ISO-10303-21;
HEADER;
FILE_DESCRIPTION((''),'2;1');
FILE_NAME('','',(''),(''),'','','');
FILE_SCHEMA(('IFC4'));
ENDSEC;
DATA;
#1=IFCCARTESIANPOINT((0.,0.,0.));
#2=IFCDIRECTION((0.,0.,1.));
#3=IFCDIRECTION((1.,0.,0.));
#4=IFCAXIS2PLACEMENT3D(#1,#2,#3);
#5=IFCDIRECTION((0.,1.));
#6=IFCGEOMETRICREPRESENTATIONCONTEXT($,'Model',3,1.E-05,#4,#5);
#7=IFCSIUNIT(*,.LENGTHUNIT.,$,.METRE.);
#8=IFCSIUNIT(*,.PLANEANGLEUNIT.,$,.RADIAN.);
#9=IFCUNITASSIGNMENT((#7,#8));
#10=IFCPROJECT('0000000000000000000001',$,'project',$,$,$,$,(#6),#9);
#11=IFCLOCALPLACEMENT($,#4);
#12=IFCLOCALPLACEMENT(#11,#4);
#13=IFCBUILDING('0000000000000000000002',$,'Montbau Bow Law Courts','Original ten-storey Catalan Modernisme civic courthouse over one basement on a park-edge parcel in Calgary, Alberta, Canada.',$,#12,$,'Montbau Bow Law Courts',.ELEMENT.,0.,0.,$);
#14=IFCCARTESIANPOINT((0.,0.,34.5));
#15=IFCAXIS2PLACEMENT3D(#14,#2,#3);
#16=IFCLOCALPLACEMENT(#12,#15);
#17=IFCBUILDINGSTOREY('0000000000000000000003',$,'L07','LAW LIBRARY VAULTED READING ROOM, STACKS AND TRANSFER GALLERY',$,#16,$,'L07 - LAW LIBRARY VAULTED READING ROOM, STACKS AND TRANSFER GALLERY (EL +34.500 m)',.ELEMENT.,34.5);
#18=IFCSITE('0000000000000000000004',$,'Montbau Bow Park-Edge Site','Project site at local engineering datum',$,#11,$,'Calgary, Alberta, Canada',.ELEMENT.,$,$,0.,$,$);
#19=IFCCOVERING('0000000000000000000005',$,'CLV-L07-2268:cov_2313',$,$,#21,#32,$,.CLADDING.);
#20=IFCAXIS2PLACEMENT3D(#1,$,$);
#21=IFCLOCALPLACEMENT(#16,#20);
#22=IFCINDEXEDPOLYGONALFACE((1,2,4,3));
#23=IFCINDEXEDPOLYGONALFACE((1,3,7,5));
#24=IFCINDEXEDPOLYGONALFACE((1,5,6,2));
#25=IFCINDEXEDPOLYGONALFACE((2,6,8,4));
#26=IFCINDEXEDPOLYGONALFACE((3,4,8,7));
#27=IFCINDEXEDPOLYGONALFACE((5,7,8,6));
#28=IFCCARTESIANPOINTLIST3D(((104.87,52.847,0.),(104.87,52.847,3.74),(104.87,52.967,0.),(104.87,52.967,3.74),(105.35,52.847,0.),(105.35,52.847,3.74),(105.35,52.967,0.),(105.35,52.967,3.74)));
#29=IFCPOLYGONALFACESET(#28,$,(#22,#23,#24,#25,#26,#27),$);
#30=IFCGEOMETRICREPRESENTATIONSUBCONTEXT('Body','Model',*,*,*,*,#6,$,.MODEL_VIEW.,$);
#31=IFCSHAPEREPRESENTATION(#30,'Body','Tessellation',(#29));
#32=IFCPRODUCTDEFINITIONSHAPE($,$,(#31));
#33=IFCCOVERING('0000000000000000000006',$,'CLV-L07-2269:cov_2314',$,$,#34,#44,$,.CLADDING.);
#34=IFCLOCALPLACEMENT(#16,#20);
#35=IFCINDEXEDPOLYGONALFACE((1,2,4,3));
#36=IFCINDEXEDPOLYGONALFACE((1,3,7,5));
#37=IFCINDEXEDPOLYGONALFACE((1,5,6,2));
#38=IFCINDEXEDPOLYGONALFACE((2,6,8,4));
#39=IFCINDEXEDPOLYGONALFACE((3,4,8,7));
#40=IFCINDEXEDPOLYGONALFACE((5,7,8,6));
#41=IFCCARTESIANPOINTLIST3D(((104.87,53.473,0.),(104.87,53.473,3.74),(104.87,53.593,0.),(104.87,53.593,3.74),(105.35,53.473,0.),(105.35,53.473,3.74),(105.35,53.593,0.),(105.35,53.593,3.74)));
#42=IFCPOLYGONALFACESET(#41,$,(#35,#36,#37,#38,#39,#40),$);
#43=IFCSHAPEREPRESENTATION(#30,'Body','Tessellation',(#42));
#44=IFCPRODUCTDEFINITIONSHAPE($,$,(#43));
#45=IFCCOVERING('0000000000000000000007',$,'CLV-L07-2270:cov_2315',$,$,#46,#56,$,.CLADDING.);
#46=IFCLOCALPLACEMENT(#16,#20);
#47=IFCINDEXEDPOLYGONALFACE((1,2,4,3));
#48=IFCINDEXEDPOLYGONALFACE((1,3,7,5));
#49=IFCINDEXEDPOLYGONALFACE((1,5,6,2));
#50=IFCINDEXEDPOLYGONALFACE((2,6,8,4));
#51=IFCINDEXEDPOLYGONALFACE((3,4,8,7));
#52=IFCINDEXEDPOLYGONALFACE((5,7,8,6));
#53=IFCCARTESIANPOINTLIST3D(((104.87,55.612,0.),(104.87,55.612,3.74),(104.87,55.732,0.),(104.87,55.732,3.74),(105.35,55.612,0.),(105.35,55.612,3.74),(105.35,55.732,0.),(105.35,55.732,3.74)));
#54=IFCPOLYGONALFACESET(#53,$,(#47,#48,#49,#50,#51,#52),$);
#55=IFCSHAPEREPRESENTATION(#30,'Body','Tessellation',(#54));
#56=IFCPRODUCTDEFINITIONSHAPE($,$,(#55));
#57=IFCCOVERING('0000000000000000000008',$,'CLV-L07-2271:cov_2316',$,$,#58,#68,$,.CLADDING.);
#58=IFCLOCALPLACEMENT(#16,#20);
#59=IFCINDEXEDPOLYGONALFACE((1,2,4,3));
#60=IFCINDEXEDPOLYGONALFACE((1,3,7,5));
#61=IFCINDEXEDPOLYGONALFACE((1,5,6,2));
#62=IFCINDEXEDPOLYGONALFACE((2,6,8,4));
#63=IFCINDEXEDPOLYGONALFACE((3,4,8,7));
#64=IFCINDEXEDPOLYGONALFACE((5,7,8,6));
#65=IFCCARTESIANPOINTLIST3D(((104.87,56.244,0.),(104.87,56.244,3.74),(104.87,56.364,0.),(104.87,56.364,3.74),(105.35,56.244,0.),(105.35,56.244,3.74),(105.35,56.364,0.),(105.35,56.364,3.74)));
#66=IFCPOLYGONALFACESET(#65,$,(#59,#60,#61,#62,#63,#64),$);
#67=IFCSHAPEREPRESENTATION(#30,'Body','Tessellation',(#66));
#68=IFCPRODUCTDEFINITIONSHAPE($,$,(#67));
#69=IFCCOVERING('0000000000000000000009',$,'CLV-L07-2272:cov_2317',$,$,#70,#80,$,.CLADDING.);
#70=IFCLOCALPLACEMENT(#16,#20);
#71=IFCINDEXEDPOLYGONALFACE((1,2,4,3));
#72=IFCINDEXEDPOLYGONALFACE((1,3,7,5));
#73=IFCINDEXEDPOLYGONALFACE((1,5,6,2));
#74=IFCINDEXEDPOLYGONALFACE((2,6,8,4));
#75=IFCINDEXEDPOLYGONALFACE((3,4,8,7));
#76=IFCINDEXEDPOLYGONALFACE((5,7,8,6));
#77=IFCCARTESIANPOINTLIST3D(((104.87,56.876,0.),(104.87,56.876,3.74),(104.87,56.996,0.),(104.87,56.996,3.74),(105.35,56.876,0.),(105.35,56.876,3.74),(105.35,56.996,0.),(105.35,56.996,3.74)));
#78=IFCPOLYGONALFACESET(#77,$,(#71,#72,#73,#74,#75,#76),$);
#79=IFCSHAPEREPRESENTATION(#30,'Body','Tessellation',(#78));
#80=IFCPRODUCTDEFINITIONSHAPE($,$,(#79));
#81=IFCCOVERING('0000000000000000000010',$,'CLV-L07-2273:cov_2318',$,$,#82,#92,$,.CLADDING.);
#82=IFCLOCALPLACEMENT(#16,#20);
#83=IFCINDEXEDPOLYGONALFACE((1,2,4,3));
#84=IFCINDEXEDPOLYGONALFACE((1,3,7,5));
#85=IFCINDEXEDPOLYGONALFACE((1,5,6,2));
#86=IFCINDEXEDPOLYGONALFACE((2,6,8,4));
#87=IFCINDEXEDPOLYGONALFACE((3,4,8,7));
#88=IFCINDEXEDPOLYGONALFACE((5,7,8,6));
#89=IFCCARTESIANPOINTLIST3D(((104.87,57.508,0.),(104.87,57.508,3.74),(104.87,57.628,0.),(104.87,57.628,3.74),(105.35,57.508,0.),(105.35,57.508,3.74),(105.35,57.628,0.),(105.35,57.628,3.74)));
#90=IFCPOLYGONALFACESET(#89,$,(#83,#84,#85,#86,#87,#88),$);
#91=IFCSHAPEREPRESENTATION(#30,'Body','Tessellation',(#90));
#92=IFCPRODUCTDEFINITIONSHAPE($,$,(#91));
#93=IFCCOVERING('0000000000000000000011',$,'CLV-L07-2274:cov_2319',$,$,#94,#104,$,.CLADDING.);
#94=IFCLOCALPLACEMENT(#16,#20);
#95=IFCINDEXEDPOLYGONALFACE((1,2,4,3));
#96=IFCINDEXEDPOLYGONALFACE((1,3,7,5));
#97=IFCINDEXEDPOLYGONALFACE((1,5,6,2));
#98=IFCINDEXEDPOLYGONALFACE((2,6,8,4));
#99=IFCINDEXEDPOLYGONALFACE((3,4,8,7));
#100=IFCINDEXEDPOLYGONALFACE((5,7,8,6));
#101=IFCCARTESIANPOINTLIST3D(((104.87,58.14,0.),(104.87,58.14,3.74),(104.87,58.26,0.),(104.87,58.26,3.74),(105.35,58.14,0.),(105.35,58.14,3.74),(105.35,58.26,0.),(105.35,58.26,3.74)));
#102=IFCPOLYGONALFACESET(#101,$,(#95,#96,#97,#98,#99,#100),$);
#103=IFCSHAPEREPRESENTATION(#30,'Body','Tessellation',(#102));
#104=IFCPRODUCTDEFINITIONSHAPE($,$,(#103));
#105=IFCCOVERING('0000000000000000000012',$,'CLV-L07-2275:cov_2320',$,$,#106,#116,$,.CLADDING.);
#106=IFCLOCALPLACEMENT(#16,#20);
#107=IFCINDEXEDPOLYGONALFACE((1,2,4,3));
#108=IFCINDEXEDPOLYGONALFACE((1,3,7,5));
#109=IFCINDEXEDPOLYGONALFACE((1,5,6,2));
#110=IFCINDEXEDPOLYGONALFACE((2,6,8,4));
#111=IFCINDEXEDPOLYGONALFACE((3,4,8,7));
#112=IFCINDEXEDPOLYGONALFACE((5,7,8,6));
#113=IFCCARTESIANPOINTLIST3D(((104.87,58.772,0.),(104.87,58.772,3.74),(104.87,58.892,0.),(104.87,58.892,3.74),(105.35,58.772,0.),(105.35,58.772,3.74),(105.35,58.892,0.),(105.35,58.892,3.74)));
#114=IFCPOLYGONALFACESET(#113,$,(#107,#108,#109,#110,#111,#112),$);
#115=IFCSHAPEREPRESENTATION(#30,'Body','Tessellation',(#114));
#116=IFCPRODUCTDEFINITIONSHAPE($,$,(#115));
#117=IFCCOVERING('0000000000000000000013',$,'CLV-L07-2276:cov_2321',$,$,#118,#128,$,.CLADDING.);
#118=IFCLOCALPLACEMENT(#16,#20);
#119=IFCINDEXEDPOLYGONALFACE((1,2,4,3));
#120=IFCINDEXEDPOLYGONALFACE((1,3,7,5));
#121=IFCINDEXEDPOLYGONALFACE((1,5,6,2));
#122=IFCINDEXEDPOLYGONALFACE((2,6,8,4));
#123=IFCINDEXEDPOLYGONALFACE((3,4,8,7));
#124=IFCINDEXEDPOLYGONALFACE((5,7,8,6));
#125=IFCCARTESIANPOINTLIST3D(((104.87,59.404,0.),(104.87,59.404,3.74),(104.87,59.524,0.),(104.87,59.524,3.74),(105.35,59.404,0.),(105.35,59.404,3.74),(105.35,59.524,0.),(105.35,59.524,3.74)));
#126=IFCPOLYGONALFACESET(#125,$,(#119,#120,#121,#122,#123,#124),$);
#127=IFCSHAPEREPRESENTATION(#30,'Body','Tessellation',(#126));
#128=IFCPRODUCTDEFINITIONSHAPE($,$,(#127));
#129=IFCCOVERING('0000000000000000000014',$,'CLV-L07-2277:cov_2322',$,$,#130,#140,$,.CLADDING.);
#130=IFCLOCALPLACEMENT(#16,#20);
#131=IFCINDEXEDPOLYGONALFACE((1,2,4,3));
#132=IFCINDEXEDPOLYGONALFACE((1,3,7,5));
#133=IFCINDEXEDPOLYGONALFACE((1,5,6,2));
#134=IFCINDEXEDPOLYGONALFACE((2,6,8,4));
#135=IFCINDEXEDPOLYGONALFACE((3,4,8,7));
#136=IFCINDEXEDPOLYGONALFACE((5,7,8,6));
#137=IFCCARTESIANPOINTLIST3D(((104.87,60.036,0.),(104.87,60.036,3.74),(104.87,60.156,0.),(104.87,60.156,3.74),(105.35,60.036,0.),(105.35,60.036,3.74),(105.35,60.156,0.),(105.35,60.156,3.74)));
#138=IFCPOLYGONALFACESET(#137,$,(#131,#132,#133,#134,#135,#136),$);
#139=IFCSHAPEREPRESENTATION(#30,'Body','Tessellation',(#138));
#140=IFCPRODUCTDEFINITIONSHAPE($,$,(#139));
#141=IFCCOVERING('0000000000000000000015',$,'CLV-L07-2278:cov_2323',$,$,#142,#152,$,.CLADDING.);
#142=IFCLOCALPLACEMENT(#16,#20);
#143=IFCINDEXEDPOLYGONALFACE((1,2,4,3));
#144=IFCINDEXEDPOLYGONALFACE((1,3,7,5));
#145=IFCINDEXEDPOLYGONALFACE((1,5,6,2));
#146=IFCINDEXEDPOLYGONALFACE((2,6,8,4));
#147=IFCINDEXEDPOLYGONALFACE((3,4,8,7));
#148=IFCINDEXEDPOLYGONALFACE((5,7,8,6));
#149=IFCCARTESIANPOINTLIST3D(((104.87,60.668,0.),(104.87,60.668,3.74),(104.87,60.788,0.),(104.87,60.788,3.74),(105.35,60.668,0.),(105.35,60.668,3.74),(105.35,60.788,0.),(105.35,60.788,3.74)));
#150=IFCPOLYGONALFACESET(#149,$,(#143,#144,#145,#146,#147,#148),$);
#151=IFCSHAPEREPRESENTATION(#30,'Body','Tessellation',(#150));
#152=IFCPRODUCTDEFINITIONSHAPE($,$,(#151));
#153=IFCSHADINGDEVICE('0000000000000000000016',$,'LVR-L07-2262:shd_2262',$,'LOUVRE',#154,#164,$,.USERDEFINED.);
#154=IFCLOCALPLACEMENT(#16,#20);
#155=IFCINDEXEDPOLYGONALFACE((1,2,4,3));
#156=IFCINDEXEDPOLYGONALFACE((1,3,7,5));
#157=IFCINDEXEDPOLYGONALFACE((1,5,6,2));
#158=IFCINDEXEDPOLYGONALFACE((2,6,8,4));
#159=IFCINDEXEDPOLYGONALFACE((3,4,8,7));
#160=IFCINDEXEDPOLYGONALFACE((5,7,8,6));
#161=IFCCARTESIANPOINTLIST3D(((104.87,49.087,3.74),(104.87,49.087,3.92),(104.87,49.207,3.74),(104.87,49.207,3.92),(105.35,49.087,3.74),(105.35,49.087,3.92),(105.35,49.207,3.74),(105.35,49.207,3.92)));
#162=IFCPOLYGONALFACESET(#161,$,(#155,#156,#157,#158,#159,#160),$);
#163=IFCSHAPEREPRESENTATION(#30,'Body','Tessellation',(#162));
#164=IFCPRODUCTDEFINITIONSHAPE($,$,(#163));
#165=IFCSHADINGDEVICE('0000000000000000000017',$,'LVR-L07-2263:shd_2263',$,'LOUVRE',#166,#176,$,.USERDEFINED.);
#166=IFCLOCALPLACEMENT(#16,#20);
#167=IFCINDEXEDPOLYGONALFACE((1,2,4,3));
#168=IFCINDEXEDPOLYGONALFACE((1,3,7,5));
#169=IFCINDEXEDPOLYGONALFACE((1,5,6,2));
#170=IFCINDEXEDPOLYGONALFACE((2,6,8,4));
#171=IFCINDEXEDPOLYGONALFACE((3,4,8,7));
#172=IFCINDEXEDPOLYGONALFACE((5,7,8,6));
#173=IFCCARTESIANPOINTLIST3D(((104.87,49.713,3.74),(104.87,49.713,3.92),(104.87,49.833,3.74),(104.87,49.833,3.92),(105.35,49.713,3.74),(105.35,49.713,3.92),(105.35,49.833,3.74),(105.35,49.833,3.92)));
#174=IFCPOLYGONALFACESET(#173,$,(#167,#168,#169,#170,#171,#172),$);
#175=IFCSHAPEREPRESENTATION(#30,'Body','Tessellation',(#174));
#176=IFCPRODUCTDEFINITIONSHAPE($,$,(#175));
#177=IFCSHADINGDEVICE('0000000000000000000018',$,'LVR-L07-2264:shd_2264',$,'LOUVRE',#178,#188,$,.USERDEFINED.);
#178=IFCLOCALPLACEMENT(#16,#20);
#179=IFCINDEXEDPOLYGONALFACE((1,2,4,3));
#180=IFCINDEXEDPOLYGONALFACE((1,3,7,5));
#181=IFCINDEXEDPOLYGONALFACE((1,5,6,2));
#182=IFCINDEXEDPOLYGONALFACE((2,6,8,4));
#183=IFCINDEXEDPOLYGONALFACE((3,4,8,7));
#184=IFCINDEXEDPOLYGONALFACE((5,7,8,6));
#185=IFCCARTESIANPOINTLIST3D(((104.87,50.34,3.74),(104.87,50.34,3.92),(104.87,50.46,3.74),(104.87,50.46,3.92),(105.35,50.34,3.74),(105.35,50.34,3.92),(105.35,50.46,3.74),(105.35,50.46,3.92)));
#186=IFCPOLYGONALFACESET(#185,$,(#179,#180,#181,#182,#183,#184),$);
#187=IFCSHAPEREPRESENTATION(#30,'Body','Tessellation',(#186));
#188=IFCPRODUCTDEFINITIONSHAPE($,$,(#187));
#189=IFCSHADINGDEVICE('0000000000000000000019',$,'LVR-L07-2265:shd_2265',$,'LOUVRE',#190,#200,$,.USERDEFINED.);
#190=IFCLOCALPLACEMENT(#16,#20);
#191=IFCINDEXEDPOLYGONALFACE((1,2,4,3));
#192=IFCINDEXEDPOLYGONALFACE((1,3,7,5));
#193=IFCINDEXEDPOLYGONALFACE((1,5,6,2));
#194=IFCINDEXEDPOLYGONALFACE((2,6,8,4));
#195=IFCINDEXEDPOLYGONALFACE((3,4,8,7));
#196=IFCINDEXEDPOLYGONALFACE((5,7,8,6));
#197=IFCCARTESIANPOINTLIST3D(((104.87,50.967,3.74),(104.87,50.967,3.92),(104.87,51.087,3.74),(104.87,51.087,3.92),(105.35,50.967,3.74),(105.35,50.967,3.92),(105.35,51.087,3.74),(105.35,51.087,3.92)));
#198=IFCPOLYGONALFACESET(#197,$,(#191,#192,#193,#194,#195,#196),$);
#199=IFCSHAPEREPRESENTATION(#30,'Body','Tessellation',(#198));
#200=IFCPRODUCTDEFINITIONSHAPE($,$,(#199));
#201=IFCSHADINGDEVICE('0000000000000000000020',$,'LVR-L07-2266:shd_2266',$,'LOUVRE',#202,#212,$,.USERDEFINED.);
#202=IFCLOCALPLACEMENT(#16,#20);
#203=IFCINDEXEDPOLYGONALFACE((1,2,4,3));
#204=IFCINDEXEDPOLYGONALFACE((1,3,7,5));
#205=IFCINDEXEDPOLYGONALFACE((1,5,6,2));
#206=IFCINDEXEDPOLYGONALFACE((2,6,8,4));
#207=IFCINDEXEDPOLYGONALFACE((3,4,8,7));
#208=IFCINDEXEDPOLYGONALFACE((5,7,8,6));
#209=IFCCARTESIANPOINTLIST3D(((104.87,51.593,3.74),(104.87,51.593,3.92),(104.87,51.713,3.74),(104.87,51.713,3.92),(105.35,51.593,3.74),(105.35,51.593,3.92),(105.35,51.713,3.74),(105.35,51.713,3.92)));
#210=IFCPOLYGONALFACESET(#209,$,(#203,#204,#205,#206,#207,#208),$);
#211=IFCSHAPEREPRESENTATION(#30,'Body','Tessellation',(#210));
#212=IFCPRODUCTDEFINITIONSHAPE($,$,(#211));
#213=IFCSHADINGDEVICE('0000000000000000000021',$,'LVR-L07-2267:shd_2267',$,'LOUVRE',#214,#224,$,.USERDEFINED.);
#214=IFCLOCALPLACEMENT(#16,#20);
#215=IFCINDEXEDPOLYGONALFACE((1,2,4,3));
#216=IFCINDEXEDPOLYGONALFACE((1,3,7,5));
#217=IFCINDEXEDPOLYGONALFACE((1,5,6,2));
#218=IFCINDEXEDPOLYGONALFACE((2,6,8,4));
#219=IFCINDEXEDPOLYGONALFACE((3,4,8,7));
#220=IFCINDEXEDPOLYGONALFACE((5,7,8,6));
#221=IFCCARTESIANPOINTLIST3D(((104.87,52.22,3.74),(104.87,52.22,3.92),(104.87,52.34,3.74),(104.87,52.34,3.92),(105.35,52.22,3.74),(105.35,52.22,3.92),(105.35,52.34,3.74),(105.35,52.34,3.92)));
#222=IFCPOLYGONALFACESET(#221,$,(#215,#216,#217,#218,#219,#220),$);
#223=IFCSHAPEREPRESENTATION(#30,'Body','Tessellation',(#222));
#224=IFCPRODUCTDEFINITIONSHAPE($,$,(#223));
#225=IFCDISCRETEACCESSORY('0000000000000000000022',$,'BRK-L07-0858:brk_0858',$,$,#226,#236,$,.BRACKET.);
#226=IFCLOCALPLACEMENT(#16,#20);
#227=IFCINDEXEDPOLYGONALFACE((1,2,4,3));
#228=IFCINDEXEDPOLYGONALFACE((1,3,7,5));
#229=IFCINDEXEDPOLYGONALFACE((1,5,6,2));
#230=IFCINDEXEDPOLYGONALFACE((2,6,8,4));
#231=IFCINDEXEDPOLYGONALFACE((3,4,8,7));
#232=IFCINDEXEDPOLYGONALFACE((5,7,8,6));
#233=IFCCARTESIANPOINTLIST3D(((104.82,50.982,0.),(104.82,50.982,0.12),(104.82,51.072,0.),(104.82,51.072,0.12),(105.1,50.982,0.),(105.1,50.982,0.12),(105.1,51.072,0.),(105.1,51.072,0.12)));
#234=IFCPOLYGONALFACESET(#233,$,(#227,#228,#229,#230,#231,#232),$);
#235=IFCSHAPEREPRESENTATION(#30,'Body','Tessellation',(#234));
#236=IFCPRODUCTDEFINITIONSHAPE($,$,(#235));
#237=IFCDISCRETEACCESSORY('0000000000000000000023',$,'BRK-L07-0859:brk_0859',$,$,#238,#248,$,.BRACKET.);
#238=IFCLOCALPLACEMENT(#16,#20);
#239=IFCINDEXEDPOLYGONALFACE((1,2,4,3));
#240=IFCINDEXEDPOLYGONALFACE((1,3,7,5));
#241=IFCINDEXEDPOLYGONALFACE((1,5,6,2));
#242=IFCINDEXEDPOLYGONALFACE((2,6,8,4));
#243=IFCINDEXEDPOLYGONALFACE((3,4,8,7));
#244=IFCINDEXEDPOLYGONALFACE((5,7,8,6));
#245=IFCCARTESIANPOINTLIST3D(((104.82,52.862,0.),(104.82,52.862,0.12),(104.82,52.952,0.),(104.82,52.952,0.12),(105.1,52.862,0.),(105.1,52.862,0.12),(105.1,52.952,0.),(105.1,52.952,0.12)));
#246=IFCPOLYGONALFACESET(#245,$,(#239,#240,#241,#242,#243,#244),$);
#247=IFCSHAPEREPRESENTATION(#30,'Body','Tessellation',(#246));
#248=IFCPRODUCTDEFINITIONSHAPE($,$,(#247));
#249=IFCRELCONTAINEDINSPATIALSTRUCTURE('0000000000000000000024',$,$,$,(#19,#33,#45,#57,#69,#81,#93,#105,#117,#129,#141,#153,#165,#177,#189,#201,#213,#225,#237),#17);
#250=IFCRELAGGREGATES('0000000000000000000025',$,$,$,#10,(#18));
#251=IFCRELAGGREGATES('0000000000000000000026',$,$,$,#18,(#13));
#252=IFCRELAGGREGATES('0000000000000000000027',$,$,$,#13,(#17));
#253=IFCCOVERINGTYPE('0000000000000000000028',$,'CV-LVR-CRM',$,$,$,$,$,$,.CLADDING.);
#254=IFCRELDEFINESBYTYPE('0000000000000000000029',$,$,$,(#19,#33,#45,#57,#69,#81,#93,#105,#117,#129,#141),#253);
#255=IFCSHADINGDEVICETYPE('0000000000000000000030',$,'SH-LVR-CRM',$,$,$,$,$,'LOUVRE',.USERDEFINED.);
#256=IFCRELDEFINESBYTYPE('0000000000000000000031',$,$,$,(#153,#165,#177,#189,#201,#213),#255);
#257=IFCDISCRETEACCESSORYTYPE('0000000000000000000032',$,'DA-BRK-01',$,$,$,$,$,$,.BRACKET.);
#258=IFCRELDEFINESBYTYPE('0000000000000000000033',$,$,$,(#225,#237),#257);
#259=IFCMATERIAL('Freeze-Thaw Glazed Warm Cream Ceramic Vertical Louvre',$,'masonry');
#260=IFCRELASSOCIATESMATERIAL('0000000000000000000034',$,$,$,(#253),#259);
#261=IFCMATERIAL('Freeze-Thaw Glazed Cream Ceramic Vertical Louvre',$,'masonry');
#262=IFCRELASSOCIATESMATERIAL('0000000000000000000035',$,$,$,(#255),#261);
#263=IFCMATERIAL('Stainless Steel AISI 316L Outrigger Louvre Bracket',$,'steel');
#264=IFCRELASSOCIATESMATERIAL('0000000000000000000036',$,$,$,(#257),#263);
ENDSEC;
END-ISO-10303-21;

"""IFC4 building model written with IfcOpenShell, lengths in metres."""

from ifc_helpers import new_model, si_unit, direction, frame, frame_2d, origin_with_axes, origin_2d_with_axis, place, context, subcontext, project, spatial, rectangle, extrude, material, type_object, element, save


model = new_model("IFC4")

# Units and contexts
model_context = context("Model", 3, precision=1e-05, world=origin_with_axes(), true_north=direction((0.0, 1.0)))
body_context = subcontext(model_context, "Body", "Model", "MODEL_VIEW")
ifc_project = project(units=[si_unit("LENGTHUNIT", "METRE"), si_unit("PLANEANGLEUNIT", "RADIAN")], contexts=[model_context])

# Site, building, storey
site_placement = place(None, origin_with_axes())
site = spatial("IfcSite", under=ifc_project, at=site_placement, Name="Montbau Bow Park-Edge Site", Description="Project site at local engineering datum", LongName="Calgary, Alberta, Canada", CompositionType="ELEMENT", RefElevation=0.0)
building_placement = place(site_placement, origin_with_axes())
building = spatial("IfcBuilding", under=site, at=building_placement, Name="Montbau Bow Law Courts", Description="Original ten-storey Catalan Modernisme civic courthouse over one basement on a park-edge parcel in Calgary, Alberta, Canada.", LongName="Montbau Bow Law Courts", CompositionType="ELEMENT", ElevationOfRefHeight=0.0, ElevationOfTerrain=0.0)
storey_placement = place(building_placement, frame((0.0, 0.0, 34.5), z_axis=(0.0, 0.0, 1.0), x_axis=(1.0, 0.0, 0.0)))
storey = spatial("IfcBuildingStorey", under=building, at=storey_placement, Name="L07", Description="LAW LIBRARY VAULTED READING ROOM, STACKS AND TRANSFER GALLERY", LongName="L07 - LAW LIBRARY VAULTED READING ROOM, STACKS AND TRANSFER GALLERY (EL +34.500 m)", CompositionType="ELEMENT", Elevation=34.5)

# Coverings
ifc_material_1 = material(Name="Freeze-Thaw Glazed Warm Cream Ceramic Vertical Louvre", Category="masonry")
covering_type = type_object("IfcCoveringType", Name="CV-LVR-CRM", PredefinedType="CLADDING", material=ifc_material_1)
for number, where, z_axis, x_axis, name in (
    (1, (104.87, 52.907, 34.5), (0.0, -1.0, 0.0), (1.0, 0.0, 0.0), "CLV-L07-2268:cov_2313"),
    (2, (104.87, 53.533, 34.5), (0.0, -1.0, 0.0), (1.0, 0.0, 0.0), "CLV-L07-2269:cov_2314"),
    (3, (104.87, 55.672, 34.5), (0.0, -1.0, 0.0), (1.0, 0.0, 0.0), "CLV-L07-2270:cov_2315"),
    (4, (104.87, 56.304, 34.5), (0.0, -1.0, 0.0), (1.0, 0.0, 0.0), "CLV-L07-2271:cov_2316"),
    (5, (104.87, 56.936, 34.5), (0.0, -1.0, 0.0), (1.0, 0.0, 0.0), "CLV-L07-2272:cov_2317"),
    (6, (104.87, 57.568, 34.5), (0.0, -1.0, 0.0), (1.0, 0.0, 0.0), "CLV-L07-2273:cov_2318"),
    (7, (104.87, 58.2, 34.5), (0.0, -1.0, 0.0), (1.0, 0.0, 0.0), "CLV-L07-2274:cov_2319"),
    (8, (104.87, 58.832, 34.5), (0.0, -1.0, 0.0), (1.0, 0.0, 0.0), "CLV-L07-2275:cov_2320"),
    (9, (104.87, 59.464, 34.5), (0.0, -1.0, 0.0), (1.0, 0.0, 0.0), "CLV-L07-2276:cov_2321"),
    (10, (104.87, 60.096, 34.5), (0.0, -1.0, 0.0), (1.0, 0.0, 0.0), "CLV-L07-2277:cov_2322"),
    (11, (104.87, 60.728, 34.5), (0.0, -1.0, 0.0), (1.0, 0.0, 0.0), "CLV-L07-2278:cov_2323"),
):
    element("IfcCovering", number, at=place(None, frame(where, z_axis=z_axis, x_axis=x_axis)), inside=storey, type_object=covering_type, Name=name, PredefinedType="CLADDING", context=body_context, shape_type="SweptSolid", body=[
        extrude(rectangle(XDim=0.48, YDim=3.74, at=frame_2d((0.24, 1.87), x_axis=(1.0, 0.0))), frame((0.0, 0.0, -0.06), z_axis=(0.0, 0.0, 1.0), x_axis=(1.0, 0.0, 0.0)), (0.0, 0.0, 1.0), 0.12),
    ])

# Shading devices
ifc_material_2 = material(Name="Freeze-Thaw Glazed Cream Ceramic Vertical Louvre", Category="masonry")
shading_device_type = type_object("IfcShadingDeviceType", Name="SH-LVR-CRM", ElementType="LOUVRE", PredefinedType="USERDEFINED", material=ifc_material_2)
for number, where, z_axis, x_axis, name in (
    (12, (105.11, 49.147, 38.24), (0.0, 0.0, 1.0), (1.0, 0.0, 0.0), "LVR-L07-2262:shd_2262"),
    (13, (105.11, 49.773, 38.24), (0.0, 0.0, 1.0), (1.0, 0.0, 0.0), "LVR-L07-2263:shd_2263"),
    (14, (105.11, 50.4, 38.24), (0.0, 0.0, 1.0), (1.0, 0.0, 0.0), "LVR-L07-2264:shd_2264"),
    (15, (105.11, 51.027, 38.24), (0.0, 0.0, 1.0), (1.0, 0.0, 0.0), "LVR-L07-2265:shd_2265"),
    (16, (105.11, 51.653, 38.24), (0.0, 0.0, 1.0), (1.0, 0.0, 0.0), "LVR-L07-2266:shd_2266"),
    (17, (105.11, 52.28, 38.24), (0.0, 0.0, 1.0), (1.0, 0.0, 0.0), "LVR-L07-2267:shd_2267"),
):
    element("IfcShadingDevice", number, at=place(None, frame(where, z_axis=z_axis, x_axis=x_axis)), inside=storey, type_object=shading_device_type, Name=name, ObjectType="LOUVRE", PredefinedType="USERDEFINED", context=body_context, shape_type="SweptSolid", body=[
        extrude(rectangle(XDim=0.48, YDim=0.12, at=origin_2d_with_axis()), origin_with_axes(), (0.0, 0.0, 1.0), 0.18),
    ])

# Discrete accessories
ifc_material_3 = material(Name="Stainless Steel AISI 316L Outrigger Louvre Bracket", Category="steel")
discrete_accessory_type = type_object("IfcDiscreteAccessoryType", Name="DA-BRK-01", PredefinedType="BRACKET", material=ifc_material_3)
for number, where, z_axis, x_axis, name in (
    (18, (104.96, 51.027, 34.5), (0.0, 0.0, 1.0), (1.0, 0.0, 0.0), "BRK-L07-0858:brk_0858"),
    (19, (104.96, 52.907, 34.5), (0.0, 0.0, 1.0), (1.0, 0.0, 0.0), "BRK-L07-0859:brk_0859"),
):
    element("IfcDiscreteAccessory", number, at=place(None, frame(where, z_axis=z_axis, x_axis=x_axis)), inside=storey, type_object=discrete_accessory_type, Name=name, PredefinedType="BRACKET", context=body_context, shape_type="SweptSolid", body=[
        extrude(rectangle(XDim=0.28, YDim=0.09, at=origin_2d_with_axis()), origin_with_axes(), (0.0, 0.0, 1.0), 0.12),
    ])

save(model, "model.ifc")
